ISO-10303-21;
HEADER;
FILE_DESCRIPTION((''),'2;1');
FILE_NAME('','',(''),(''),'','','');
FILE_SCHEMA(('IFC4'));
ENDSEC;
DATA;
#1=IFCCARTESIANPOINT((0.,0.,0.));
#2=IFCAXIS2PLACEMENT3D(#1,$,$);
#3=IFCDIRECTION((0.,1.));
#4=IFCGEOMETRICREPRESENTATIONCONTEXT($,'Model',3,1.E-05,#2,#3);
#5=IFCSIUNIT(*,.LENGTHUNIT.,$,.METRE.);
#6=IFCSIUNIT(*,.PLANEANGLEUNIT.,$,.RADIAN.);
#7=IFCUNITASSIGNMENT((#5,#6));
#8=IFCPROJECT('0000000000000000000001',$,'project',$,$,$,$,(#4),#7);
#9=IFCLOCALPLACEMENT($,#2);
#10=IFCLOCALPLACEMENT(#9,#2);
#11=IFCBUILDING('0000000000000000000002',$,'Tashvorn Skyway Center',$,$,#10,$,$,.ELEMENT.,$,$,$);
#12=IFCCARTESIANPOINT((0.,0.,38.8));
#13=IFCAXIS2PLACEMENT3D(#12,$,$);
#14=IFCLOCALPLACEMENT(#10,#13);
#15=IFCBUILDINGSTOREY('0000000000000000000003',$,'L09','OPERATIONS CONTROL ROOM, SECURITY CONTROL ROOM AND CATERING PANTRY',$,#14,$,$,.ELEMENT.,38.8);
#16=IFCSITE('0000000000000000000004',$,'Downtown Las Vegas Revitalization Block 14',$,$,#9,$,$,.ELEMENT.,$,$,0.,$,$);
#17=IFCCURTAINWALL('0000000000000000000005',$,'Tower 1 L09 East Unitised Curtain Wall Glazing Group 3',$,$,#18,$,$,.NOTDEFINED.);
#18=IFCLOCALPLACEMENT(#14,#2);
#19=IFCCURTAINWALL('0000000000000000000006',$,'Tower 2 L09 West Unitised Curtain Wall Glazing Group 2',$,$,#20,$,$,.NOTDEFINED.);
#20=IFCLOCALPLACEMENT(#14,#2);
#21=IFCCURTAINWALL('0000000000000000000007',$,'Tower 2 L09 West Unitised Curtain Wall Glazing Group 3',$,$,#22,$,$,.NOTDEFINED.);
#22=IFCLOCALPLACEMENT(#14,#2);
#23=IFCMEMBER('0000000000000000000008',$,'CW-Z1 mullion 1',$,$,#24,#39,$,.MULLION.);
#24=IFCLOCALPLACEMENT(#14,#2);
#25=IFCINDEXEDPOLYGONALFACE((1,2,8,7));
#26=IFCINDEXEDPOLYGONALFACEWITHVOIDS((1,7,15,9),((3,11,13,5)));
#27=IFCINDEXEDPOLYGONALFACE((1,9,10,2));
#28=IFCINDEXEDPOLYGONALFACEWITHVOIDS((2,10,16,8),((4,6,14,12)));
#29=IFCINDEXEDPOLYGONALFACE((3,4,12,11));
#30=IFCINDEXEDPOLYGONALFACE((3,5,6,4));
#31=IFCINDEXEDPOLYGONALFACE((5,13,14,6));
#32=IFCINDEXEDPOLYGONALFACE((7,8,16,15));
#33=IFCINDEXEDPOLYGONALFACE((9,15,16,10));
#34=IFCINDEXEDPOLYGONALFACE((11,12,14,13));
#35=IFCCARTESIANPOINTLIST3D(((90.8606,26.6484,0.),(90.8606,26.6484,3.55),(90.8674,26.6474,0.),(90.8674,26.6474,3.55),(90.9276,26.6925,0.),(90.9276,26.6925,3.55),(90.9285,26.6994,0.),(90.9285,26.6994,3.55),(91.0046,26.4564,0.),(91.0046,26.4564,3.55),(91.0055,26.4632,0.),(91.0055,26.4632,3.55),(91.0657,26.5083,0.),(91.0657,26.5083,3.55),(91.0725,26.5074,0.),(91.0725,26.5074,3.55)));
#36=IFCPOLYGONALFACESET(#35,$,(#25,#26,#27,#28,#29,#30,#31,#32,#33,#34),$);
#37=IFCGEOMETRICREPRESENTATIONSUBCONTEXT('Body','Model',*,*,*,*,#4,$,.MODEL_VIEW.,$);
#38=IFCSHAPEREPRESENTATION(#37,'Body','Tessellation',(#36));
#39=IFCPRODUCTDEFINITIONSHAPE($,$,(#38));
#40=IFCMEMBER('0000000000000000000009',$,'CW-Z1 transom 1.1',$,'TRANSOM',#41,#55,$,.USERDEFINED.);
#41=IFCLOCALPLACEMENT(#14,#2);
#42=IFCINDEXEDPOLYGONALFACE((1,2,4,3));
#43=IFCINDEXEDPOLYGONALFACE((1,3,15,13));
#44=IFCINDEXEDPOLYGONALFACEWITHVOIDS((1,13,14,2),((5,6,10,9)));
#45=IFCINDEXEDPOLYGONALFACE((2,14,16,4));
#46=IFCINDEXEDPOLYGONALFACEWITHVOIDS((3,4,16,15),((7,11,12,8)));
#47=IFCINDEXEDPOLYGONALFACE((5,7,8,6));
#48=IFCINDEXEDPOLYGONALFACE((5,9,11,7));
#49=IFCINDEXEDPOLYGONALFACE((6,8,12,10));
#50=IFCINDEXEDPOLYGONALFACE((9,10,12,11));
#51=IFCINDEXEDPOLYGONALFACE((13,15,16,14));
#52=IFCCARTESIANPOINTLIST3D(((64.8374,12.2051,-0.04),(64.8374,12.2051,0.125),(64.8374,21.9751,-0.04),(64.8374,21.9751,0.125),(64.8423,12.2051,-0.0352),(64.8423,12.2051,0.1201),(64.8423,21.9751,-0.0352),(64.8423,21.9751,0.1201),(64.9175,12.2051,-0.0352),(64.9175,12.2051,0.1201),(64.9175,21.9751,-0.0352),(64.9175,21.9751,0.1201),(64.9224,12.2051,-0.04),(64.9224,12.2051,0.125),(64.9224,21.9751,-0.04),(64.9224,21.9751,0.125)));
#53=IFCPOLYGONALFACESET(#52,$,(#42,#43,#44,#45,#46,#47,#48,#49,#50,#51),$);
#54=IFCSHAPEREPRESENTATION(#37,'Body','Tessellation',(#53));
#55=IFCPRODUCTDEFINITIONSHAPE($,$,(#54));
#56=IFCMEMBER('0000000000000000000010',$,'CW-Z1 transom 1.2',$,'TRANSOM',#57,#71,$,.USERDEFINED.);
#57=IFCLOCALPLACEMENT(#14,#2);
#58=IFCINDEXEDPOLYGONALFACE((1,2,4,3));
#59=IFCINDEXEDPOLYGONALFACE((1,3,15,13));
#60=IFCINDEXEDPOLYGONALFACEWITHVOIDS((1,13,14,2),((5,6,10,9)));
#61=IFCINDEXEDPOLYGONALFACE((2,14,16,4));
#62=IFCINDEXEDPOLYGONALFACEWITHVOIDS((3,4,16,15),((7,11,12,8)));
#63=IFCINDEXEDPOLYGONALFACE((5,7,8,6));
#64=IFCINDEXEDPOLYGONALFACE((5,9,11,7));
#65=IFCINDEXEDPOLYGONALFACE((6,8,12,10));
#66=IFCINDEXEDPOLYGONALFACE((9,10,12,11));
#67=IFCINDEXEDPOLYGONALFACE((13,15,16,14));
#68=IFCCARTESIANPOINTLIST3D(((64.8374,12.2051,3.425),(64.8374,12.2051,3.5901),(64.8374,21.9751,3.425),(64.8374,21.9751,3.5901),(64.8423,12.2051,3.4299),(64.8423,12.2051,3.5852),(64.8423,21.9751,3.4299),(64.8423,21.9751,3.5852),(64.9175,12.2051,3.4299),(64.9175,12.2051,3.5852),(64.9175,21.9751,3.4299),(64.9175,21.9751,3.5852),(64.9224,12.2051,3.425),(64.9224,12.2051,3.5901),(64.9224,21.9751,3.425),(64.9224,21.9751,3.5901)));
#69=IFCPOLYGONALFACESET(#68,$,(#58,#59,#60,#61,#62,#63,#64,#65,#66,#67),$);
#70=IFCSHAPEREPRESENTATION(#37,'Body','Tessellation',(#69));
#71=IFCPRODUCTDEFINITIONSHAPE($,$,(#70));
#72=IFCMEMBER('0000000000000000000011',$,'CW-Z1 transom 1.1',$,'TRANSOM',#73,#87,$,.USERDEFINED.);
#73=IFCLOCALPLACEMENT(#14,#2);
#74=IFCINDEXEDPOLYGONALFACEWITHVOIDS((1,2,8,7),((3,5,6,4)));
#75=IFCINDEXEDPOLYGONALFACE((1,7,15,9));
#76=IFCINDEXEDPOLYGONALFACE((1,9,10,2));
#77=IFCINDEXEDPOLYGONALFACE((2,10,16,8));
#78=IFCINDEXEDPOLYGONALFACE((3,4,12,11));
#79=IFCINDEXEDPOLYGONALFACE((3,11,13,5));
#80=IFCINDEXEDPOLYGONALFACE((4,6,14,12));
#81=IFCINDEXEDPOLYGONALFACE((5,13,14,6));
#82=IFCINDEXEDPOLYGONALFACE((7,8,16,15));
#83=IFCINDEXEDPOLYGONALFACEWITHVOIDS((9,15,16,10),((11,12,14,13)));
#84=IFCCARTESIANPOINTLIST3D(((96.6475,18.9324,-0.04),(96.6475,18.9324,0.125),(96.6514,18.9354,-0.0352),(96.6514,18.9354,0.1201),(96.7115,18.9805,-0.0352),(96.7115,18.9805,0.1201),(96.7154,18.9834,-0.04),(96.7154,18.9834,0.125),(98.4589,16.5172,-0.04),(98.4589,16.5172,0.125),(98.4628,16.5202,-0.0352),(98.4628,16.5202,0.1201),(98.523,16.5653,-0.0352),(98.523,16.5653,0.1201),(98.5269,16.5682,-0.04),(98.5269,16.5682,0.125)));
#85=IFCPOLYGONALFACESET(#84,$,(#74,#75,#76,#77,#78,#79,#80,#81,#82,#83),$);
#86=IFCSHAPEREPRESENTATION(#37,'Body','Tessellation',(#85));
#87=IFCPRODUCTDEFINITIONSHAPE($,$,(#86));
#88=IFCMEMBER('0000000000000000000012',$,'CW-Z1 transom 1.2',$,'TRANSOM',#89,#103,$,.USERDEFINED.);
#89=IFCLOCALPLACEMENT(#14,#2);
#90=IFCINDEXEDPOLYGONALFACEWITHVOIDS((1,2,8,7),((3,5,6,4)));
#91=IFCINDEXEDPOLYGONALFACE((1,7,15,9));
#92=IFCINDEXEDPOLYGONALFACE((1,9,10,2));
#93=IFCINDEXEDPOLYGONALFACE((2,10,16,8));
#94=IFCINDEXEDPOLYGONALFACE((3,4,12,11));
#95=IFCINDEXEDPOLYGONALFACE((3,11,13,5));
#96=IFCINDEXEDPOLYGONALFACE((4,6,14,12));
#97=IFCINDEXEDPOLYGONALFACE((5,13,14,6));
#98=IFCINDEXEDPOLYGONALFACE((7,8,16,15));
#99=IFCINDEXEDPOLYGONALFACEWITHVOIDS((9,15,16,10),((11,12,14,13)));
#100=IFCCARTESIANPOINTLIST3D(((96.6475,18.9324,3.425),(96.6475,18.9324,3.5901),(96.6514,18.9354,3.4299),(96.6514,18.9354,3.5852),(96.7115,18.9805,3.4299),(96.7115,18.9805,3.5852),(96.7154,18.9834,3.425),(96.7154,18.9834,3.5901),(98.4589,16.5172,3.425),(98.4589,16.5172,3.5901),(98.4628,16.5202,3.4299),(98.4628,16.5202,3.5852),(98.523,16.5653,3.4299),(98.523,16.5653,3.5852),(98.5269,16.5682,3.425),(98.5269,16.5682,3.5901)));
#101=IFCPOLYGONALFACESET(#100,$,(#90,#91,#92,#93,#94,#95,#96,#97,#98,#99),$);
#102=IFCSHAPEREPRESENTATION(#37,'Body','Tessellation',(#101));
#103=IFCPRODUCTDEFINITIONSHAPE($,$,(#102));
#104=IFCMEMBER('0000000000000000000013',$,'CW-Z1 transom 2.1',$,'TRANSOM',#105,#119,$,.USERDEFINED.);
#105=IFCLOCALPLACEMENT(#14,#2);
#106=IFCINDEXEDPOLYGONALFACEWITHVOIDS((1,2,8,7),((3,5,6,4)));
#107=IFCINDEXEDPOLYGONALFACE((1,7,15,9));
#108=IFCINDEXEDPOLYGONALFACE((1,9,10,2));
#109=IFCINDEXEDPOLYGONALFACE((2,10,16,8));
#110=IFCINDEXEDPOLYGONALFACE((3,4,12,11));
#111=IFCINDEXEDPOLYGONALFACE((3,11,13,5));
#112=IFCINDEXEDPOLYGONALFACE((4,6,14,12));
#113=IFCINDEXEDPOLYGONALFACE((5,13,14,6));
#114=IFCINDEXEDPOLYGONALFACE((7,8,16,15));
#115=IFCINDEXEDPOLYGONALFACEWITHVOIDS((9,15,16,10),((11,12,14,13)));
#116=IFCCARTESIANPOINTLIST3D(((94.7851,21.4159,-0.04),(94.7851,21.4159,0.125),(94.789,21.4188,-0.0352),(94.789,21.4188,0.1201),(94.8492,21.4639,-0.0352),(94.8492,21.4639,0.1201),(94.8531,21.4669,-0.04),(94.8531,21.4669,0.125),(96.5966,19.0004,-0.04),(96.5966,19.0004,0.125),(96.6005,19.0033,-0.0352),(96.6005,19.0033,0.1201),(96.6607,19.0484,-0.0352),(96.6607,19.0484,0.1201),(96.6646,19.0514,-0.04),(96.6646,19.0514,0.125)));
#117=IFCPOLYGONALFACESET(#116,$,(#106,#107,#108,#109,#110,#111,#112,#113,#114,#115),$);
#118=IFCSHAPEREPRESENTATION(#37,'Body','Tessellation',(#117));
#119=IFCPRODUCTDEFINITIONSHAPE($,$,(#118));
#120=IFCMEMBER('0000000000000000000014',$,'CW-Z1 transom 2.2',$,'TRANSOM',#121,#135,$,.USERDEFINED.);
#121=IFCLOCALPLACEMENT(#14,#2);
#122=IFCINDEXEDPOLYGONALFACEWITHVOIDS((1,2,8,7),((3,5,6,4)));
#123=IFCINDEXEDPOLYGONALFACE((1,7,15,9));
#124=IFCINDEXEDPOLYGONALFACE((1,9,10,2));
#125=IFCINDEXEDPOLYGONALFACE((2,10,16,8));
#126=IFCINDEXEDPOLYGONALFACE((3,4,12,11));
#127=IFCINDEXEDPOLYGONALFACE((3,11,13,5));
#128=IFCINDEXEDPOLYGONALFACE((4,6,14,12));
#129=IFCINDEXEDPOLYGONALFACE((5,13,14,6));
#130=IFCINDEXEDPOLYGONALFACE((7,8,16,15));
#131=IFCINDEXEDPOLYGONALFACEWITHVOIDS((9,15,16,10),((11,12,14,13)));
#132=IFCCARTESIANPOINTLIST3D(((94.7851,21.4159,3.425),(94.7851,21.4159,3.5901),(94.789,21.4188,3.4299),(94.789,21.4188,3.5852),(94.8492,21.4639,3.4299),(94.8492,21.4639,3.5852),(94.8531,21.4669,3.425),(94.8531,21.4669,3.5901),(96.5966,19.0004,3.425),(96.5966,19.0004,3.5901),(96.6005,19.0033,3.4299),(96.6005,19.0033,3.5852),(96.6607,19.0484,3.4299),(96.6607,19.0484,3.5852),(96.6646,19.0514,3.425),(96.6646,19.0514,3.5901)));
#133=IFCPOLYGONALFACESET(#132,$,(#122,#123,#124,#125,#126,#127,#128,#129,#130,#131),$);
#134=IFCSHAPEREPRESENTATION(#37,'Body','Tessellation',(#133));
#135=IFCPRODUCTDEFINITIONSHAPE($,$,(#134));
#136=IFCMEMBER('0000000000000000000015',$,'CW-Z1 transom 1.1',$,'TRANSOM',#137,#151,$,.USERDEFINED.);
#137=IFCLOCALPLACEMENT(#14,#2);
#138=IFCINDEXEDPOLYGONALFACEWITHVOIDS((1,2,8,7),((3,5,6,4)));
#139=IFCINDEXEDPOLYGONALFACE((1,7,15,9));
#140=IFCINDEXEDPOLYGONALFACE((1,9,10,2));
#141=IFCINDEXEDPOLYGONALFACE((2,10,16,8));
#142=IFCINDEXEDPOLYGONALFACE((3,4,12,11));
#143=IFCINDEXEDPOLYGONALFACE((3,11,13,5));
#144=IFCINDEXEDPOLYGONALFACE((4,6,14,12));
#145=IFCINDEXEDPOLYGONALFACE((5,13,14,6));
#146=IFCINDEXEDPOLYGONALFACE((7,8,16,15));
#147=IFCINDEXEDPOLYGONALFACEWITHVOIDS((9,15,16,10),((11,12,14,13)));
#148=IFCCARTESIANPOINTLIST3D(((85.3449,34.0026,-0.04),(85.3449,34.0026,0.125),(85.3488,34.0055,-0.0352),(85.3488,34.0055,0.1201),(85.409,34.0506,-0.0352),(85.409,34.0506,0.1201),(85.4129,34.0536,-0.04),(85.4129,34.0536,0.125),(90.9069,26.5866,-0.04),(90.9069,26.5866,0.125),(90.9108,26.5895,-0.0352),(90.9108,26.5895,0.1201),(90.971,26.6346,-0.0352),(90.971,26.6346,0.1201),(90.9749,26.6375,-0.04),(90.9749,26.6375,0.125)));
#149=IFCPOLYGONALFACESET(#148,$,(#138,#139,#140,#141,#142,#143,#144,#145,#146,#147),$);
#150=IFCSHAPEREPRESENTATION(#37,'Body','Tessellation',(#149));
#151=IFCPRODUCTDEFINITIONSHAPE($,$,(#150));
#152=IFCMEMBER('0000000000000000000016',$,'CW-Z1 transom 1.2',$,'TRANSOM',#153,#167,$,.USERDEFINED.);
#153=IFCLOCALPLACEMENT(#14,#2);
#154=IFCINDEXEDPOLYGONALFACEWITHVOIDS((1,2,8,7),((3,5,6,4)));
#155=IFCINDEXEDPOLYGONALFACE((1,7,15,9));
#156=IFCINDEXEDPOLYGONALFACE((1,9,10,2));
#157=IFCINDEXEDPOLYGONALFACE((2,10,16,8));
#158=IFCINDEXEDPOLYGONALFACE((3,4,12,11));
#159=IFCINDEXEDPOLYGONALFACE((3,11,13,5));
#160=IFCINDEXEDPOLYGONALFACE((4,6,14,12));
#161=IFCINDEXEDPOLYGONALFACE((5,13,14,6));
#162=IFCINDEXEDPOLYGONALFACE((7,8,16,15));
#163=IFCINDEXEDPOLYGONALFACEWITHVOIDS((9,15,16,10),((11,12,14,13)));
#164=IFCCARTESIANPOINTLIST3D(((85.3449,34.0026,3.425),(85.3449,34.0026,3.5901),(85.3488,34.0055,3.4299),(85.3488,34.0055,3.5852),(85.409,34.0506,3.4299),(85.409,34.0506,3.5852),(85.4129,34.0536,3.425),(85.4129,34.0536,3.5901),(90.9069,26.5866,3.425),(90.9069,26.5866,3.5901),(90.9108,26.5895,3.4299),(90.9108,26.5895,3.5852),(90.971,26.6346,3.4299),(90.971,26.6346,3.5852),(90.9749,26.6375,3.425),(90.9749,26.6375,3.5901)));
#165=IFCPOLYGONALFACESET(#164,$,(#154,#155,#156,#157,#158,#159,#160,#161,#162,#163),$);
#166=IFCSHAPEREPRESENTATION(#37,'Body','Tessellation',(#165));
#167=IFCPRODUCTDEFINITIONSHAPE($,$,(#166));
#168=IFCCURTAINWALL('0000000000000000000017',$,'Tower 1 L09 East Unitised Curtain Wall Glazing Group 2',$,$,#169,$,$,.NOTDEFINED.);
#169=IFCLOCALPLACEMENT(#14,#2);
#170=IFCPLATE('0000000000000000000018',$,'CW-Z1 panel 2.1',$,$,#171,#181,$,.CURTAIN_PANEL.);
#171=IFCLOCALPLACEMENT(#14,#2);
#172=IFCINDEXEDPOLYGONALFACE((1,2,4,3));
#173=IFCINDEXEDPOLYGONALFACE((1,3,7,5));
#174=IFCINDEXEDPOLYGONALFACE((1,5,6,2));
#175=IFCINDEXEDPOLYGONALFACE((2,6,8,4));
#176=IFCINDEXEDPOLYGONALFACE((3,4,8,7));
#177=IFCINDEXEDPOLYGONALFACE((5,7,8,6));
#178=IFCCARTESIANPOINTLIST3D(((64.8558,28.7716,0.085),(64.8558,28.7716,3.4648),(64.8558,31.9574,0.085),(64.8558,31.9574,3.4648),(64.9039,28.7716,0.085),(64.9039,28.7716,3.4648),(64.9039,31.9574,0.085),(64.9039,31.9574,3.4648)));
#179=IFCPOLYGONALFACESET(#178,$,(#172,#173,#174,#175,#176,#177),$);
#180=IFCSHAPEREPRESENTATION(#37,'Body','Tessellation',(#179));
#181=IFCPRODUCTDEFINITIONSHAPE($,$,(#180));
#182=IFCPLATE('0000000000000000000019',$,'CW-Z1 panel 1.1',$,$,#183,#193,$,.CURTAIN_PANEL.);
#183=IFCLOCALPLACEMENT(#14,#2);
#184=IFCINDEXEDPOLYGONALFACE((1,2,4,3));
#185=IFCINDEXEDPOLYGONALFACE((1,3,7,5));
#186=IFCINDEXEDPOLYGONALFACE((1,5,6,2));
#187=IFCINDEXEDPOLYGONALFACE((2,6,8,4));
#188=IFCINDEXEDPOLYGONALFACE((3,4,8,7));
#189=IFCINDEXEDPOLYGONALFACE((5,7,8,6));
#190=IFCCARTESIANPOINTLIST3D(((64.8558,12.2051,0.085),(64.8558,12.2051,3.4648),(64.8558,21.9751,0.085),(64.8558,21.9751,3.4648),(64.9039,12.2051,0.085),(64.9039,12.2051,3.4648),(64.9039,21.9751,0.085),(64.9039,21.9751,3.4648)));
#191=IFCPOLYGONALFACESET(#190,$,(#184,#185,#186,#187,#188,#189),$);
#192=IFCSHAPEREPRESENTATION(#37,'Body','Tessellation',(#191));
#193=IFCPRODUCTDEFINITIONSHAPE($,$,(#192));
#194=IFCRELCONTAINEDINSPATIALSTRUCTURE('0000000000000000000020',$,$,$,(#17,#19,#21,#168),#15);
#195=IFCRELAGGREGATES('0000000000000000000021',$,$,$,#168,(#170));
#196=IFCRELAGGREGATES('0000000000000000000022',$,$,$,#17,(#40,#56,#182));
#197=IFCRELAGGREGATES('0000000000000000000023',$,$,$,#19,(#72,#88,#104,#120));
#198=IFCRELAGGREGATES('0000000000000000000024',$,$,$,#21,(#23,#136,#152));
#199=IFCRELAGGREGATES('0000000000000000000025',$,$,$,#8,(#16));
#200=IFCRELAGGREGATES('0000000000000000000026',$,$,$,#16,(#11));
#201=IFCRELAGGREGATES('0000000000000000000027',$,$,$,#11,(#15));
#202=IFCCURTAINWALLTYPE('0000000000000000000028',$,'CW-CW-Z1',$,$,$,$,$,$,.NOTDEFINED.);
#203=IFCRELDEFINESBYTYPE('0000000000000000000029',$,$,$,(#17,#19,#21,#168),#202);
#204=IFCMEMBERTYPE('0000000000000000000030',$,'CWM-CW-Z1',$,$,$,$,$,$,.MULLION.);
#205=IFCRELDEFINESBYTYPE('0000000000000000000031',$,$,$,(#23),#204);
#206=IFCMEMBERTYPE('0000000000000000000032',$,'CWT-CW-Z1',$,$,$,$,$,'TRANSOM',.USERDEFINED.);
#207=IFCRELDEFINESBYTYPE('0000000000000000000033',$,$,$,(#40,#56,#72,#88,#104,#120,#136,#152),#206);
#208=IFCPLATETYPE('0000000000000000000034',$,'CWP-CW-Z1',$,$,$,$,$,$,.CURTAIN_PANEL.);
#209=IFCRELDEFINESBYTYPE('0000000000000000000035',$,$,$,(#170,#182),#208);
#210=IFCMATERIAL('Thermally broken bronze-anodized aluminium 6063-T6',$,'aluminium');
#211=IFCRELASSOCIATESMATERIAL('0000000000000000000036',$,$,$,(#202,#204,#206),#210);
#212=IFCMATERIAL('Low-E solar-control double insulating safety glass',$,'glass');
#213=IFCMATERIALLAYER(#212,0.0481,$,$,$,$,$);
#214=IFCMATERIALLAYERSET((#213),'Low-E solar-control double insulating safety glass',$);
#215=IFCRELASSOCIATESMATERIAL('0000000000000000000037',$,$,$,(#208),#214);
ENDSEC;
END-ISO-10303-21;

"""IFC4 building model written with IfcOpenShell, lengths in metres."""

from ifc_helpers import new_model, si_unit, direction, frame, origin, origin_2d, place, context, subcontext, project, spatial, rectangle, hollow_rectangle, extrude, material, layer, layer_set, material_profile, profile_set, type_object, element, aggregate, save


model = new_model("IFC4")

# Units and contexts
model_context = context("Model", 3, precision=1e-05, world=origin(), true_north=direction((0.0, 1.0)))
body_context = subcontext(model_context, "Body", "Model", "MODEL_VIEW")
ifc_project = project(units=[si_unit("LENGTHUNIT", "METRE"), si_unit("PLANEANGLEUNIT", "RADIAN")], contexts=[model_context])

# Site, building, storey
site_placement = place(None, origin())
site = spatial("IfcSite", under=ifc_project, at=site_placement, Name="Downtown Las Vegas Revitalization Block 14", CompositionType="ELEMENT", RefElevation=0.0)
building_placement = place(site_placement, origin())
building = spatial("IfcBuilding", under=site, at=building_placement, Name="Tashvorn Skyway Center", CompositionType="ELEMENT")
storey_placement = place(building_placement, frame((0.0, 0.0, 38.8)))
storey = spatial("IfcBuildingStorey", under=building, at=storey_placement, Name="L09", Description="OPERATIONS CONTROL ROOM, SECURITY CONTROL ROOM AND CATERING PANTRY", CompositionType="ELEMENT", Elevation=38.8)

# Curtain walls
ifc_material_1 = material(Name="Thermally broken bronze-anodized aluminium 6063-T6", Category="aluminium")
curtain_wall_type = type_object("IfcCurtainWallType", Name="CW-CW-Z1", PredefinedType="NOTDEFINED", material=ifc_material_1)
curtain_wall_1_placement = place(storey_placement, origin())
curtain_wall_1 = element("IfcCurtainWall", 1, at=curtain_wall_1_placement, inside=storey, type_object=curtain_wall_type, Name="Tower 1 L09 East Unitised Curtain Wall Glazing Group 3", PredefinedType="NOTDEFINED")
ifc_material_profile_1 = material_profile(ifc_material_1, hollow_rectangle(XDim=0.085, YDim=0.24, WallThickness=0.0049, at=origin_2d()), Name="ALU-MULL-85x240")
ifc_profile_set_1 = profile_set([ifc_material_profile_1], Name="Thermally broken bronze-anodized aluminium 6063-T6")
member_type_1 = type_object("IfcMemberType", Name="CWM-CW-Z1", PredefinedType="MULLION", material=ifc_profile_set_1)
curtain_wall_2_placement = place(storey_placement, origin())
curtain_wall_2 = element("IfcCurtainWall", 2, at=curtain_wall_2_placement, inside=storey, type_object=curtain_wall_type, Name="Tower 2 L09 West Unitised Curtain Wall Glazing Group 2", PredefinedType="NOTDEFINED")

# Curtain wall, member
curtain_wall_3_placement = place(storey_placement, origin())
curtain_wall_3 = element("IfcCurtainWall", 3, at=curtain_wall_3_placement, inside=storey, type_object=curtain_wall_type, Name="Tower 2 L09 West Unitised Curtain Wall Glazing Group 3", PredefinedType="NOTDEFINED")
member_1_placement = place(storey_placement, frame((90.9666, 26.5779, 0.0), z_axis=(0.0, 0.0, 1.0), x_axis=(-0.8, -0.6, 0.0)))
member_1 = element("IfcMember", 4, at=member_1_placement, type_object=member_type_1, Name="CW-Z1 mullion 1", PredefinedType="MULLION", context=body_context, shape_type="SweptSolid", body=[
    extrude(hollow_rectangle(XDim=0.085, YDim=0.24, WallThickness=0.0049, at=origin_2d()), origin(), (0.0, 0.0, 1.0), 3.55),
])

# Members
ifc_material_profile_2 = material_profile(ifc_material_1, hollow_rectangle(XDim=0.085, YDim=0.165, WallThickness=0.0049, at=origin_2d()), Name="ALU-TRAN-85x165")
ifc_profile_set_2 = profile_set([ifc_material_profile_2], Name="Thermally broken bronze-anodized aluminium 6063-T6")
member_type_2 = type_object("IfcMemberType", Name="CWT-CW-Z1", ElementType="TRANSOM", PredefinedType="USERDEFINED", material=ifc_profile_set_2)
member_2_placement = place(storey_placement, frame((64.8799, 21.9751, 0.0425), z_axis=(0.0, -1.0, 0.0), x_axis=(1.0, 0.0, 0.0)))
member_2 = element("IfcMember", 5, at=member_2_placement, type_object=member_type_2, Name="CW-Z1 transom 1.1", ObjectType="TRANSOM", PredefinedType="USERDEFINED", context=body_context, shape_type="SweptSolid", body=[
    extrude(hollow_rectangle(XDim=0.085, YDim=0.165, WallThickness=0.0049, at=origin_2d()), origin(), (0.0, 0.0, 1.0), 9.77),
])
member_3_placement = place(storey_placement, frame((64.8799, 21.9751, 3.5076), z_axis=(0.0, -1.0, 0.0), x_axis=(1.0, 0.0, 0.0)))
member_3 = element("IfcMember", 6, at=member_3_placement, type_object=member_type_2, Name="CW-Z1 transom 1.2", ObjectType="TRANSOM", PredefinedType="USERDEFINED", context=body_context, shape_type="SweptSolid", body=[
    extrude(hollow_rectangle(XDim=0.085, YDim=0.165, WallThickness=0.0049, at=origin_2d()), origin(), (0.0, 0.0, 1.0), 9.77),
])
member_4_placement = place(storey_placement, frame((98.4929, 16.5427, 0.0425), z_axis=(-0.600013, 0.79999, 0.0), x_axis=(-0.79999, -0.600013, 0.0)))
member_4 = element("IfcMember", 7, at=member_4_placement, type_object=member_type_2, Name="CW-Z1 transom 1.1", ObjectType="TRANSOM", PredefinedType="USERDEFINED", context=body_context, shape_type="SweptSolid", body=[
    extrude(hollow_rectangle(XDim=0.085, YDim=0.165, WallThickness=0.0049, at=origin_2d()), origin(), (0.0, 0.0, 1.0), 3.019),
])
member_5_placement = place(storey_placement, frame((98.4929, 16.5427, 3.5076), z_axis=(-0.600013, 0.79999, 0.0), x_axis=(-0.79999, -0.600013, 0.0)))
member_5 = element("IfcMember", 8, at=member_5_placement, type_object=member_type_2, Name="CW-Z1 transom 1.2", ObjectType="TRANSOM", PredefinedType="USERDEFINED", context=body_context, shape_type="SweptSolid", body=[
    extrude(hollow_rectangle(XDim=0.085, YDim=0.165, WallThickness=0.0049, at=origin_2d()), origin(), (0.0, 0.0, 1.0), 3.019),
])
member_6_placement = place(storey_placement, frame((96.6306, 19.0259, 0.0425), z_axis=(-0.599974, 0.800019, 0.0), x_axis=(-0.800019, -0.599974, 0.0)))
member_6 = element("IfcMember", 9, at=member_6_placement, type_object=member_type_2, Name="CW-Z1 transom 2.1", ObjectType="TRANSOM", PredefinedType="USERDEFINED", context=body_context, shape_type="SweptSolid", body=[
    extrude(hollow_rectangle(XDim=0.085, YDim=0.165, WallThickness=0.0049, at=origin_2d()), origin(), (0.0, 0.0, 1.0), 3.0193),
])
member_7_placement = place(storey_placement, frame((96.6306, 19.0259, 3.5076), z_axis=(-0.599974, 0.800019, 0.0), x_axis=(-0.800019, -0.599974, 0.0)))
member_7 = element("IfcMember", 10, at=member_7_placement, type_object=member_type_2, Name="CW-Z1 transom 2.2", ObjectType="TRANSOM", PredefinedType="USERDEFINED", context=body_context, shape_type="SweptSolid", body=[
    extrude(hollow_rectangle(XDim=0.085, YDim=0.165, WallThickness=0.0049, at=origin_2d()), origin(), (0.0, 0.0, 1.0), 3.0193),
])
member_8_placement = place(storey_placement, frame((90.9409, 26.6121, 0.0425), z_axis=(-0.6, 0.8, 0.0), x_axis=(-0.8, -0.6, 0.0)))
member_8 = element("IfcMember", 11, at=member_8_placement, type_object=member_type_2, Name="CW-Z1 transom 1.1", ObjectType="TRANSOM", PredefinedType="USERDEFINED", context=body_context, shape_type="SweptSolid", body=[
    extrude(hollow_rectangle(XDim=0.085, YDim=0.165, WallThickness=0.0049, at=origin_2d()), origin(), (0.0, 0.0, 1.0), 9.27),
])
member_9_placement = place(storey_placement, frame((90.9409, 26.6121, 3.5076), z_axis=(-0.6, 0.8, 0.0), x_axis=(-0.8, -0.6, 0.0)))
member_9 = element("IfcMember", 12, at=member_9_placement, type_object=member_type_2, Name="CW-Z1 transom 1.2", ObjectType="TRANSOM", PredefinedType="USERDEFINED", context=body_context, shape_type="SweptSolid", body=[
    extrude(hollow_rectangle(XDim=0.085, YDim=0.165, WallThickness=0.0049, at=origin_2d()), origin(), (0.0, 0.0, 1.0), 9.27),
])

# Curtain wall, plate
curtain_wall_4_placement = place(storey_placement, origin())
curtain_wall_4 = element("IfcCurtainWall", 13, at=curtain_wall_4_placement, inside=storey, type_object=curtain_wall_type, Name="Tower 1 L09 East Unitised Curtain Wall Glazing Group 2", PredefinedType="NOTDEFINED")
ifc_material_2 = material(Name="Low-E solar-control double insulating safety glass", Category="glass")
ifc_layer_1 = layer(ifc_material_2, 0.0481)
ifc_layer_set_1 = layer_set([ifc_layer_1], Name="Low-E solar-control double insulating safety glass")
plate_type = type_object("IfcPlateType", Name="CWP-CW-Z1", PredefinedType="CURTAIN_PANEL", material=ifc_layer_set_1)
plate_1_placement = place(storey_placement, frame((64.8799, 30.3645, 0.085), z_axis=(0.0, 0.0, 1.0), x_axis=(0.0, -1.0, 0.0)))
plate_1 = element("IfcPlate", 14, at=plate_1_placement, type_object=plate_type, Name="CW-Z1 panel 2.1", PredefinedType="CURTAIN_PANEL", context=body_context, shape_type="SweptSolid", body=[
    extrude(rectangle(XDim=3.1858, YDim=0.0481, at=origin_2d()), origin(), (0.0, 0.0, 1.0), 3.3799),
])
aggregate(curtain_wall_4, [plate_1])

# Plate
plate_2_placement = place(storey_placement, frame((64.8799, 17.0901, 0.085), z_axis=(0.0, 0.0, 1.0), x_axis=(0.0, -1.0, 0.0)))
plate_2 = element("IfcPlate", 15, at=plate_2_placement, type_object=plate_type, Name="CW-Z1 panel 1.1", PredefinedType="CURTAIN_PANEL", context=body_context, shape_type="SweptSolid", body=[
    extrude(rectangle(XDim=9.77, YDim=0.0481, at=origin_2d()), origin(), (0.0, 0.0, 1.0), 3.3799),
])
aggregate(curtain_wall_1, [member_2, member_3, plate_2])
aggregate(curtain_wall_2, [member_4, member_5, member_6, member_7])
aggregate(curtain_wall_3, [member_1, member_8, member_9])

save(model, "model.ifc")
